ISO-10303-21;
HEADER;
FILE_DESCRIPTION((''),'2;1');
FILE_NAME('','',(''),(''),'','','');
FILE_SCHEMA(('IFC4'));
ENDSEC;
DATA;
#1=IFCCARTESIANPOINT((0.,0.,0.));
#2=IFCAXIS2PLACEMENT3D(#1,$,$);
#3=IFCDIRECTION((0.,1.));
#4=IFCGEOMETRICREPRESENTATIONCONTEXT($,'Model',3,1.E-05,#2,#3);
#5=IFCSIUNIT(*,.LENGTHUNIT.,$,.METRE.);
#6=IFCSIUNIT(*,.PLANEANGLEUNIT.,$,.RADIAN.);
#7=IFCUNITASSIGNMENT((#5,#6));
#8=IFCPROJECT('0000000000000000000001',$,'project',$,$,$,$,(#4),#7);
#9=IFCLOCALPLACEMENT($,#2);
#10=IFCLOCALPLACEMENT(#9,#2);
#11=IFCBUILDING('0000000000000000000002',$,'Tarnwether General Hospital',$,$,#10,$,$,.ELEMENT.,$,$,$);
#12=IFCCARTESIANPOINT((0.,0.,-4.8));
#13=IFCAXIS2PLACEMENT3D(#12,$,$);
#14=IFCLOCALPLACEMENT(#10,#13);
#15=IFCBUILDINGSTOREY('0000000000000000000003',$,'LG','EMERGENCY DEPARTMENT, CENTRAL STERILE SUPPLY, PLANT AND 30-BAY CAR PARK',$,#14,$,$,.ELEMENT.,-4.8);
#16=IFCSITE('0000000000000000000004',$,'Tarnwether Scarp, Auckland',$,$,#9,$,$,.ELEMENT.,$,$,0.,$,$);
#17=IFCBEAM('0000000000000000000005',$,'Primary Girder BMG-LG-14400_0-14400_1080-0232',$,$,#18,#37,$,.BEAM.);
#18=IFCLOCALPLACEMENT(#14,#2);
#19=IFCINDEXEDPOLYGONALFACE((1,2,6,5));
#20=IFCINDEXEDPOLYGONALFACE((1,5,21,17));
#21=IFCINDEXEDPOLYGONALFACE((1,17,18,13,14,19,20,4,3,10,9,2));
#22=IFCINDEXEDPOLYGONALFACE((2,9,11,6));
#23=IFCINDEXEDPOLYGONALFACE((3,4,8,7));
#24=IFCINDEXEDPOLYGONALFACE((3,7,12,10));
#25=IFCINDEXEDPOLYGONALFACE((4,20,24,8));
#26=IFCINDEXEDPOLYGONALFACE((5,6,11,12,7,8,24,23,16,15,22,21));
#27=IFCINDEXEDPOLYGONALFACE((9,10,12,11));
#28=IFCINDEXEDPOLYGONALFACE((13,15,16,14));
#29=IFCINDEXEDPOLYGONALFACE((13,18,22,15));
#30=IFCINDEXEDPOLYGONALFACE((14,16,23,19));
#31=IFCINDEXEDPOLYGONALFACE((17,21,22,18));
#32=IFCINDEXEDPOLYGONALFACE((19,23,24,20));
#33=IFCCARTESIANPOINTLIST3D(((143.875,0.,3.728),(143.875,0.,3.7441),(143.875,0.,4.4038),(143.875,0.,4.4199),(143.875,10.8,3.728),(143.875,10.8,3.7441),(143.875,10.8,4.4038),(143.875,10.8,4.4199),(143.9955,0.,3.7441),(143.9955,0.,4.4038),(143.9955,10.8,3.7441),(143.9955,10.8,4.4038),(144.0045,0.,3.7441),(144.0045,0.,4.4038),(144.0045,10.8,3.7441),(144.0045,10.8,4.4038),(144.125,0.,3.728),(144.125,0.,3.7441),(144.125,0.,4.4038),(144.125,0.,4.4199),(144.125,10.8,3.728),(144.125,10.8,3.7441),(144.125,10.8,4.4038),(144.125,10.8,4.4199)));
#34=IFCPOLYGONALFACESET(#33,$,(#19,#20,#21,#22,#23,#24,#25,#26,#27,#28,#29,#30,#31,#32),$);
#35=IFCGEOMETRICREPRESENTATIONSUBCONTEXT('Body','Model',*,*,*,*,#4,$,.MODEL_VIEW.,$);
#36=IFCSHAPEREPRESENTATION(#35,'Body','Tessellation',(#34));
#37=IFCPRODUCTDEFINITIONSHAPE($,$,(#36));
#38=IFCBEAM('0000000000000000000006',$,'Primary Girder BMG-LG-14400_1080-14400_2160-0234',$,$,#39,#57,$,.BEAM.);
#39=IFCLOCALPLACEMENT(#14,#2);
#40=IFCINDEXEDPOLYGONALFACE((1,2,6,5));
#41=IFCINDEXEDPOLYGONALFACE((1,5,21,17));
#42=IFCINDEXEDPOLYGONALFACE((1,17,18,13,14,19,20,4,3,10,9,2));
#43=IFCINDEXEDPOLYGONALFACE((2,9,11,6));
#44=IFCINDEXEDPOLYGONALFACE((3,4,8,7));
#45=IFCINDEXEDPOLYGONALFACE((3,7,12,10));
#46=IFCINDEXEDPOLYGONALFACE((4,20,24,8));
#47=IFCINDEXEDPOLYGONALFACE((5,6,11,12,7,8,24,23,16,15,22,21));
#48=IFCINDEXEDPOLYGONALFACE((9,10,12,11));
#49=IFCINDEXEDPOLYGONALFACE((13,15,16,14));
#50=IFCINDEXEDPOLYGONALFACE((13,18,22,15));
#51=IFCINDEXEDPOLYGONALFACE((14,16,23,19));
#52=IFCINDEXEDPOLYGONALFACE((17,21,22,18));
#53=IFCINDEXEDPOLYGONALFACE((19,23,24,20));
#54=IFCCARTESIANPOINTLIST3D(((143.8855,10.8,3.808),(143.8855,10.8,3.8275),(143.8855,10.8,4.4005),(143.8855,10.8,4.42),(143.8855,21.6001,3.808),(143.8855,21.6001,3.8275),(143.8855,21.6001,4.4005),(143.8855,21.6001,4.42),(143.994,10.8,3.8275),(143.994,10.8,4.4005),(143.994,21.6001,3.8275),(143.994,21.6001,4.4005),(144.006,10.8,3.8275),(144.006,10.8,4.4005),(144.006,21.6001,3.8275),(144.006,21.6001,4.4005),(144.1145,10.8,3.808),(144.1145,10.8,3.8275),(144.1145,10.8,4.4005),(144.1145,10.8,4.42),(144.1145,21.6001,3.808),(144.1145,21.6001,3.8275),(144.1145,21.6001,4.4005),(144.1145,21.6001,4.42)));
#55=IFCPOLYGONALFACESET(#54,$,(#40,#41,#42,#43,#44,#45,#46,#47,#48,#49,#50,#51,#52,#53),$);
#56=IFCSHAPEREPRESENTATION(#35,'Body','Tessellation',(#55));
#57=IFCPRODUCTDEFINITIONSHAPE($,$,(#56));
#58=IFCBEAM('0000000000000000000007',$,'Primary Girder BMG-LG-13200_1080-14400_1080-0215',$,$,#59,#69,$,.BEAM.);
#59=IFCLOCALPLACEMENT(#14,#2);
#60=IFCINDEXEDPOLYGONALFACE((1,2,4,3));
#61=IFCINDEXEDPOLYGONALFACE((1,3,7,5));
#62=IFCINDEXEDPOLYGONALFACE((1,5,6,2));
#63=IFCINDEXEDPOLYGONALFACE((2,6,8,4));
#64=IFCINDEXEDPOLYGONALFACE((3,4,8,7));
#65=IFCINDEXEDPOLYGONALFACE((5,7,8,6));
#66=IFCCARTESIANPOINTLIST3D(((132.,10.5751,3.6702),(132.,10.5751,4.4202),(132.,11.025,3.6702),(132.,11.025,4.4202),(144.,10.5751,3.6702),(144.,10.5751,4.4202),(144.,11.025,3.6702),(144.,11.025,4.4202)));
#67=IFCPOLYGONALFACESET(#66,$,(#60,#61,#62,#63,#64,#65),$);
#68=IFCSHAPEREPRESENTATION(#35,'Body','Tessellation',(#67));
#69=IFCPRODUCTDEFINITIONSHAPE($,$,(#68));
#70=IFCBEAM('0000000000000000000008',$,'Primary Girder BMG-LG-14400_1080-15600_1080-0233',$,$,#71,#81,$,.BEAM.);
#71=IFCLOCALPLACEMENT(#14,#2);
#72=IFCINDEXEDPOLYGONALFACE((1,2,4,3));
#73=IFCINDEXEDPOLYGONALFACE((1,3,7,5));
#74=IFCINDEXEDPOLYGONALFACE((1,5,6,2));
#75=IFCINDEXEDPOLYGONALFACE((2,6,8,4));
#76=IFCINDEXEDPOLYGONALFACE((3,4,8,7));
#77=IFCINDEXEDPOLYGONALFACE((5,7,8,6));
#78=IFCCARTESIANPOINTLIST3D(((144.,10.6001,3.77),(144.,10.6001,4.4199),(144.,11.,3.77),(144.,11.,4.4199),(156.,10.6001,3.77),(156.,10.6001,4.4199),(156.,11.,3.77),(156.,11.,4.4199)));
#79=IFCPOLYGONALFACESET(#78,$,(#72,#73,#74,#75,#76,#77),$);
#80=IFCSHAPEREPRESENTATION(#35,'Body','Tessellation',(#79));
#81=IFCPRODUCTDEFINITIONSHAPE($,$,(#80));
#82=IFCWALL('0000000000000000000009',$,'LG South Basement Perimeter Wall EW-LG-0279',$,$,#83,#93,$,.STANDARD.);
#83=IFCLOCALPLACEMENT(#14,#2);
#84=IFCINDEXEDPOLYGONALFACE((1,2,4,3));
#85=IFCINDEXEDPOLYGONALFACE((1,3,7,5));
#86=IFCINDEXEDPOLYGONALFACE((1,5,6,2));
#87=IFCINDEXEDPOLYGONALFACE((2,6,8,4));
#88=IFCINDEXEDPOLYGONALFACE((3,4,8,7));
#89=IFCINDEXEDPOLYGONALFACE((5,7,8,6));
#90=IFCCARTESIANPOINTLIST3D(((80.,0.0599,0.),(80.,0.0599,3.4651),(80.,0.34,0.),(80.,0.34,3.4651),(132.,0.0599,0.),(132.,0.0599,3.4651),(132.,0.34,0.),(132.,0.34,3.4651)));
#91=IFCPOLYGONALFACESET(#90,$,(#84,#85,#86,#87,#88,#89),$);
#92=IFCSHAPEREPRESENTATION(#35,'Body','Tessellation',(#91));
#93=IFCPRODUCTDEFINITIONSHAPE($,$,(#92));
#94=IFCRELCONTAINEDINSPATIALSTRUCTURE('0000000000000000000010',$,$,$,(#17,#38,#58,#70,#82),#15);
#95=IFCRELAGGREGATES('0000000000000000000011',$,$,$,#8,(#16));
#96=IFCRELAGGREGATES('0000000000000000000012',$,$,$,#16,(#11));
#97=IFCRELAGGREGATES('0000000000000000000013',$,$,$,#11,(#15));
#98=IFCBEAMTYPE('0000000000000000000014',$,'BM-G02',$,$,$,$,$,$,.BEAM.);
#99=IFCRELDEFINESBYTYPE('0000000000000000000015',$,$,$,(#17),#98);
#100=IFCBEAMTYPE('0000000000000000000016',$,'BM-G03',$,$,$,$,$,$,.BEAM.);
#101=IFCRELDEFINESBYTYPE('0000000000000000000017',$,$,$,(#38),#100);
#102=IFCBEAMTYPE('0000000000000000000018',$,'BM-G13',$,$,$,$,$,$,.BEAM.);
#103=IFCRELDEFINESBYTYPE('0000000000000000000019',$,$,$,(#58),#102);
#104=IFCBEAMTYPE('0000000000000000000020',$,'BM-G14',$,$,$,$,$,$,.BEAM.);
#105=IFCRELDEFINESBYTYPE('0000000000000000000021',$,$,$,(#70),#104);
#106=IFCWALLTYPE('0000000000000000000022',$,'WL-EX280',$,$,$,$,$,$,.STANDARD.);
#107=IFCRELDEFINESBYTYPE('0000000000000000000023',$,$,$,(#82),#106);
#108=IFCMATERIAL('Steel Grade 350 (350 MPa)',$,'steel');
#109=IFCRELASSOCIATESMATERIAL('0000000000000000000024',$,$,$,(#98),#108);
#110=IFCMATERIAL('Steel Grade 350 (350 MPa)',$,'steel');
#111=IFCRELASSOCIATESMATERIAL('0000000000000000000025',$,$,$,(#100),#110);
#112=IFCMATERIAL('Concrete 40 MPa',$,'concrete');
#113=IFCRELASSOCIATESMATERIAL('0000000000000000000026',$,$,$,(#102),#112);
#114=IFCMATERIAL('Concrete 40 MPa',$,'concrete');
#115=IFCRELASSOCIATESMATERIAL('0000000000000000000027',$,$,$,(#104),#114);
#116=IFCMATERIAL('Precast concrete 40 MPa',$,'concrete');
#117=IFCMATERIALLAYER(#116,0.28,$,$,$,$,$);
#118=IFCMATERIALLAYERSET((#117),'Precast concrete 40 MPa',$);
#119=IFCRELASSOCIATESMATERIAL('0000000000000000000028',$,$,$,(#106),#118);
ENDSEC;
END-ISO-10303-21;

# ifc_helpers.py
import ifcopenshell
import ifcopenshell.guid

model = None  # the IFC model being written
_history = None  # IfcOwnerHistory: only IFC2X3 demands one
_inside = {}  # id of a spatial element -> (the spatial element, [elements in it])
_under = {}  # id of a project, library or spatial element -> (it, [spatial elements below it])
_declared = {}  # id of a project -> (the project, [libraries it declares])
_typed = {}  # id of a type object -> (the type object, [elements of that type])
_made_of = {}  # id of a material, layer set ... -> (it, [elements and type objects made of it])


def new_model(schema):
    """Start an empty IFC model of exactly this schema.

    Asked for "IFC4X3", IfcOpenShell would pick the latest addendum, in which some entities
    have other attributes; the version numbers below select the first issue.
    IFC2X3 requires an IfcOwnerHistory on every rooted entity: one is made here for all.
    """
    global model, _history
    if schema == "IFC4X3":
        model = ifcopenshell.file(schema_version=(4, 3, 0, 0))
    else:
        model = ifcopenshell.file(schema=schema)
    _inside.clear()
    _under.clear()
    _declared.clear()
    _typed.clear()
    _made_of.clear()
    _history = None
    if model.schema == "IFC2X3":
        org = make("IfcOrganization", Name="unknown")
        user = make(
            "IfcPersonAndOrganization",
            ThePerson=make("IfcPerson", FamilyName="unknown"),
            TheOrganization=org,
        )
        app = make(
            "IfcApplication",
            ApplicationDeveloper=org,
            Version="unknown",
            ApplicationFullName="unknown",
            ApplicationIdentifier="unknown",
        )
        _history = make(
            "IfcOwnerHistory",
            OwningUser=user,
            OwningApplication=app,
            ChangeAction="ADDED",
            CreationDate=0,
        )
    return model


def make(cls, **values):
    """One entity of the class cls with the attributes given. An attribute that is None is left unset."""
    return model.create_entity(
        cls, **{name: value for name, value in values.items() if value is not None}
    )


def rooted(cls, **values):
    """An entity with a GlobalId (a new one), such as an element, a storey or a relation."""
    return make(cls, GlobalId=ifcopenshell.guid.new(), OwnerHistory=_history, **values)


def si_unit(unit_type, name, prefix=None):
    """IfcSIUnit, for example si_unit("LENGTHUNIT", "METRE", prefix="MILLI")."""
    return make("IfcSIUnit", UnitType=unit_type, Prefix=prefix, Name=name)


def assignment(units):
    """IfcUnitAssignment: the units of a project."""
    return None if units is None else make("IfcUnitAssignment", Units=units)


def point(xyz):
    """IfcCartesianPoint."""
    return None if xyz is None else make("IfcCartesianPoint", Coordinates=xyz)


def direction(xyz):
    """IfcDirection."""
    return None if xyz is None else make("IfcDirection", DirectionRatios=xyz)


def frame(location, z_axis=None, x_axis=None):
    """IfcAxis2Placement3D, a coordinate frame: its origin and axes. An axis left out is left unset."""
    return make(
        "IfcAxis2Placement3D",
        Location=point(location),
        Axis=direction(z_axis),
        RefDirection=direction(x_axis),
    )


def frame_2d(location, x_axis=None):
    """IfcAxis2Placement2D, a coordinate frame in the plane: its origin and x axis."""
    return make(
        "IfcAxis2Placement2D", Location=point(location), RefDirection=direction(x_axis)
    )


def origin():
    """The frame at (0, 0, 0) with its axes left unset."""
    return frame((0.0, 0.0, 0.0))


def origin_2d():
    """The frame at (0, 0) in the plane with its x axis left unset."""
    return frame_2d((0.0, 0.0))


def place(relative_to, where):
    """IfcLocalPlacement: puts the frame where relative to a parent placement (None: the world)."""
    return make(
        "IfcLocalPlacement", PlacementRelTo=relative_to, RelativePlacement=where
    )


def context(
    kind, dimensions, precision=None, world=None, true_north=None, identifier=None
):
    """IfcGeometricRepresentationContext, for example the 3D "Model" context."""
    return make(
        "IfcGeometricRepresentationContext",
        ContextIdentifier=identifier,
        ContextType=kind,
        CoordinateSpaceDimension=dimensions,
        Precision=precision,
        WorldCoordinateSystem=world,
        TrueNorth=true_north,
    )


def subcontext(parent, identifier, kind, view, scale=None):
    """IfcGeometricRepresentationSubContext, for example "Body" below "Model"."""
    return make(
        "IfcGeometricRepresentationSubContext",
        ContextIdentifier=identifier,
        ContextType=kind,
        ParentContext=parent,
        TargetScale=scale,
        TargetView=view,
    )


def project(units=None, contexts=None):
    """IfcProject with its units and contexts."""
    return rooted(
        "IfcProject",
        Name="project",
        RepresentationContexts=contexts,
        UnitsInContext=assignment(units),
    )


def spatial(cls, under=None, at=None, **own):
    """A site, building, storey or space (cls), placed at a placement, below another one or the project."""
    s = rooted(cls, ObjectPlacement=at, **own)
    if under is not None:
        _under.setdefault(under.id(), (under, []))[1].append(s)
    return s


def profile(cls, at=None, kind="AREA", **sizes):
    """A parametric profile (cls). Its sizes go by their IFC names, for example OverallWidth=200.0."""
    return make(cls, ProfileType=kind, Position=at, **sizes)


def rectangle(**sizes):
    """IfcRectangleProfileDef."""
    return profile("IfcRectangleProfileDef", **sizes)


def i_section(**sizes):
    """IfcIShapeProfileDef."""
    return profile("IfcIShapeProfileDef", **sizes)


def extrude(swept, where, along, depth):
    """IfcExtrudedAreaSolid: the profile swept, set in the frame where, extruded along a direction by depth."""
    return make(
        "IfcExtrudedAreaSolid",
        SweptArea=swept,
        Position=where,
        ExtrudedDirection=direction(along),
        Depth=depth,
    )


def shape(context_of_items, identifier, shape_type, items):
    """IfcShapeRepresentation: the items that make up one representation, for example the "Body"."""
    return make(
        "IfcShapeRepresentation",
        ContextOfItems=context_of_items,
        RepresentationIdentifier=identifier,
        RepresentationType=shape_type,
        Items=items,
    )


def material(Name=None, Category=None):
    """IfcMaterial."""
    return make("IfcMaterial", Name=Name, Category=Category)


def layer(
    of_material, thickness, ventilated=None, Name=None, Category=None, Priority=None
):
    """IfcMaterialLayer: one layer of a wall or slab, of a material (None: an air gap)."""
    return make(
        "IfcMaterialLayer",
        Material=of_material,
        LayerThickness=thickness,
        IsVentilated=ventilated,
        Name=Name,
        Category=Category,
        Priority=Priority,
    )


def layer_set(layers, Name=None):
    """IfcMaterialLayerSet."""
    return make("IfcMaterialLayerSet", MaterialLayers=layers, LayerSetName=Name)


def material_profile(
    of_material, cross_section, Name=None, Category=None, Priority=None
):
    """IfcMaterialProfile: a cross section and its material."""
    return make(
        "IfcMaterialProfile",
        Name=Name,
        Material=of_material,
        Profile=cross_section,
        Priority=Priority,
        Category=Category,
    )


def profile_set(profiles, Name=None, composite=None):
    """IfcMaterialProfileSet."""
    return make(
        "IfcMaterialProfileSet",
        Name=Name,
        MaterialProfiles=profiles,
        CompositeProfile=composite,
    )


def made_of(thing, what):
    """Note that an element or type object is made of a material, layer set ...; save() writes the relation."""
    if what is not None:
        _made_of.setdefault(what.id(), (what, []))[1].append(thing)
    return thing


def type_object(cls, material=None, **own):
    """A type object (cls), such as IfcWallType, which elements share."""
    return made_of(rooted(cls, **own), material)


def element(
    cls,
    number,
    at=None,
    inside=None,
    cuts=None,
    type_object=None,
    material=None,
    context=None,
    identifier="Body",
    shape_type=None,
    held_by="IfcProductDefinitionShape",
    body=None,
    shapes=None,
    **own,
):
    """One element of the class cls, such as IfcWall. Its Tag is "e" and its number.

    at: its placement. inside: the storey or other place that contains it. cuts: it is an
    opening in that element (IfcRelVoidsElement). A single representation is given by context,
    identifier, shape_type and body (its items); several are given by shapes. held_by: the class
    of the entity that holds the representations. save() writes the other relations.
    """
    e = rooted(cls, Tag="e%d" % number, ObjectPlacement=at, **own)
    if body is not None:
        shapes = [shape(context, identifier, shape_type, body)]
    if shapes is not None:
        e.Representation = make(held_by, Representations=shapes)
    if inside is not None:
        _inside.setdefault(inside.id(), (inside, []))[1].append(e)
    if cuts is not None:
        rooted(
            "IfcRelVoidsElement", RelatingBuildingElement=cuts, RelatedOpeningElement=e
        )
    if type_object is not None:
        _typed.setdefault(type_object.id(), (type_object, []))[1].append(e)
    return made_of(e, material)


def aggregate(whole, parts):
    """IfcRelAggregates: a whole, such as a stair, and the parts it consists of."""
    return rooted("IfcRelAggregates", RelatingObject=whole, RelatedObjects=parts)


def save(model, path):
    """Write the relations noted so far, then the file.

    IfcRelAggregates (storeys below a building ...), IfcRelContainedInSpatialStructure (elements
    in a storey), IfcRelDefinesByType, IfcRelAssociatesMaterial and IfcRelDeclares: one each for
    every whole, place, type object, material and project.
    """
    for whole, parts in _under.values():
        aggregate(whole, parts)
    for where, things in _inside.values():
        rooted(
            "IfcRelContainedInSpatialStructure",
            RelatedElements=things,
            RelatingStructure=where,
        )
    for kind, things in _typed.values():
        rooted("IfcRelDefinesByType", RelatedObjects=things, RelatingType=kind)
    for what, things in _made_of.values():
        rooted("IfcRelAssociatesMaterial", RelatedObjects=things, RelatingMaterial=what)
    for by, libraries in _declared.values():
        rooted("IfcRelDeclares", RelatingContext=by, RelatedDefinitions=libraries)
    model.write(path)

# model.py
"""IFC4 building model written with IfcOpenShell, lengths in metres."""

from ifc_helpers import new_model, si_unit, direction, frame, frame_2d, origin, origin_2d, place, context, subcontext, project, spatial, rectangle, i_section, extrude, material, layer, layer_set, material_profile, profile_set, type_object, element, save


model = new_model("IFC4")

# Units and contexts
model_context = context("Model", 3, precision=1e-05, world=origin(), true_north=direction((0.0, 1.0)))
body_context = subcontext(model_context, "Body", "Model", "MODEL_VIEW")
ifc_project = project(units=[si_unit("LENGTHUNIT", "METRE"), si_unit("PLANEANGLEUNIT", "RADIAN")], contexts=[model_context])

# Site, building, storey
site_placement = place(None, origin())
site = spatial("IfcSite", under=ifc_project, at=site_placement, Name="Tarnwether Scarp, Auckland", CompositionType="ELEMENT", RefElevation=0.0)
building_placement = place(site_placement, origin())
building = spatial("IfcBuilding", under=site, at=building_placement, Name="Tarnwether General Hospital", CompositionType="ELEMENT")
storey_placement = place(building_placement, frame((0.0, 0.0, -4.8)))
storey = spatial("IfcBuildingStorey", under=building, at=storey_placement, Name="LG", Description="EMERGENCY DEPARTMENT, CENTRAL STERILE SUPPLY, PLANT AND 30-BAY CAR PARK", CompositionType="ELEMENT", Elevation=-4.8)

# Beams
ifc_material_1 = material(Name="Steel Grade 350 (350 MPa)", Category="steel")
ifc_material_profile_1 = material_profile(ifc_material_1, i_section(OverallWidth=0.25, OverallDepth=0.6919, WebThickness=0.009, FlangeThickness=0.0161, at=origin_2d()), Name="700WB115")
ifc_profile_set_1 = profile_set([ifc_material_profile_1], Name="Steel Grade 350 (350 MPa)")
beam_type_1 = type_object("IfcBeamType", Name="BM-G02", PredefinedType="BEAM", material=ifc_profile_set_1)
for number, where, z_axis, x_axis, name in (
    (1, (144.0, 0.0, 4.074), (0.0, 1.0, 0.0), (-1.0, 0.0, 0.0), "Primary Girder BMG-LG-14400_0-14400_1080-0232"),
):
    element("IfcBeam", number, at=place(storey_placement, frame(where, z_axis=z_axis, x_axis=x_axis)), inside=storey, type_object=beam_type_1, Name=name, PredefinedType="BEAM", context=body_context, shape_type="SweptSolid", body=[
        extrude(i_section(OverallWidth=0.25, OverallDepth=0.6919, WebThickness=0.009, FlangeThickness=0.0161, at=origin_2d()), origin(), (0.0, 0.0, 1.0), 10.8),
    ])
ifc_material_2 = material(Name="Steel Grade 350 (350 MPa)", Category="steel")
ifc_material_profile_2 = material_profile(ifc_material_2, i_section(OverallWidth=0.229, OverallDepth=0.6121, WebThickness=0.012, FlangeThickness=0.0195, at=origin_2d()), Name="610UB125")
ifc_profile_set_2 = profile_set([ifc_material_profile_2], Name="Steel Grade 350 (350 MPa)")
beam_type_2 = type_object("IfcBeamType", Name="BM-G03", PredefinedType="BEAM", material=ifc_profile_set_2)
beam_1_placement = place(storey_placement, frame((144.0, 10.8, 4.114), z_axis=(0.0, 1.0, 0.0), x_axis=(-1.0, 0.0, 0.0)))
element("IfcBeam", 2, at=beam_1_placement, inside=storey, type_object=beam_type_2, Name="Primary Girder BMG-LG-14400_1080-14400_2160-0234", PredefinedType="BEAM", context=body_context, shape_type="SweptSolid", body=[
    extrude(i_section(OverallWidth=0.229, OverallDepth=0.6121, WebThickness=0.012, FlangeThickness=0.0195, at=origin_2d()), origin(), (0.0, 0.0, 1.0), 10.8),
])
ifc_material_3 = material(Name="Concrete 40 MPa", Category="concrete")
ifc_material_profile_3 = material_profile(ifc_material_3, rectangle(XDim=0.45, YDim=0.75, at=origin_2d()), Name="RC-BM-450x750")
ifc_profile_set_3 = profile_set([ifc_material_profile_3], Name="Concrete 40 MPa")
beam_type_3 = type_object("IfcBeamType", Name="BM-G13", PredefinedType="BEAM", material=ifc_profile_set_3)
beam_2_placement = place(storey_placement, frame((132.0, 10.8, 4.0452), z_axis=(1.0, 0.0, 0.0), x_axis=(0.0, 1.0, 0.0)))
element("IfcBeam", 3, at=beam_2_placement, inside=storey, type_object=beam_type_3, Name="Primary Girder BMG-LG-13200_1080-14400_1080-0215", PredefinedType="BEAM", context=body_context, shape_type="SweptSolid", body=[
    extrude(rectangle(XDim=0.45, YDim=0.75, at=origin_2d()), origin(), (0.0, 0.0, 1.0), 12.0),
])
ifc_material_4 = material(Name="Concrete 40 MPa", Category="concrete")
ifc_material_profile_4 = material_profile(ifc_material_4, rectangle(XDim=0.3999, YDim=0.6499, at=origin_2d()), Name="RC-BM-400x650")
ifc_profile_set_4 = profile_set([ifc_material_profile_4], Name="Concrete 40 MPa")
beam_type_4 = type_object("IfcBeamType", Name="BM-G14", PredefinedType="BEAM", material=ifc_profile_set_4)
beam_3_placement = place(storey_placement, frame((144.0, 10.8, 4.095), z_axis=(1.0, 0.0, 0.0), x_axis=(0.0, 1.0, 0.0)))
element("IfcBeam", 4, at=beam_3_placement, inside=storey, type_object=beam_type_4, Name="Primary Girder BMG-LG-14400_1080-15600_1080-0233", PredefinedType="BEAM", context=body_context, shape_type="SweptSolid", body=[
    extrude(rectangle(XDim=0.3999, YDim=0.6499, at=origin_2d()), origin(), (0.0, 0.0, 1.0), 12.0),
])

# Wall
ifc_material_5 = material(Name="Precast concrete 40 MPa", Category="concrete")
ifc_layer = layer(ifc_material_5, 0.28)
ifc_layer_set = layer_set([ifc_layer], Name="Precast concrete 40 MPa")
wall_type = type_object("IfcWallType", Name="WL-EX280", PredefinedType="STANDARD", material=ifc_layer_set)
wall_placement = place(storey_placement, frame((132.0, 0.2, 0.0), z_axis=(0.0, 0.0, 1.0), x_axis=(-1.0, 0.0, 0.0)))
element("IfcWall", 5, at=wall_placement, inside=storey, type_object=wall_type, Name="LG South Basement Perimeter Wall EW-LG-0279", PredefinedType="STANDARD", context=body_context, shape_type="SweptSolid", body=[
    extrude(rectangle(XDim=52.0, YDim=0.28, at=frame_2d((26.0, 0.0))), origin(), (0.0, 0.0, 1.0), 3.4651),
])

save(model, "model.ifc")
